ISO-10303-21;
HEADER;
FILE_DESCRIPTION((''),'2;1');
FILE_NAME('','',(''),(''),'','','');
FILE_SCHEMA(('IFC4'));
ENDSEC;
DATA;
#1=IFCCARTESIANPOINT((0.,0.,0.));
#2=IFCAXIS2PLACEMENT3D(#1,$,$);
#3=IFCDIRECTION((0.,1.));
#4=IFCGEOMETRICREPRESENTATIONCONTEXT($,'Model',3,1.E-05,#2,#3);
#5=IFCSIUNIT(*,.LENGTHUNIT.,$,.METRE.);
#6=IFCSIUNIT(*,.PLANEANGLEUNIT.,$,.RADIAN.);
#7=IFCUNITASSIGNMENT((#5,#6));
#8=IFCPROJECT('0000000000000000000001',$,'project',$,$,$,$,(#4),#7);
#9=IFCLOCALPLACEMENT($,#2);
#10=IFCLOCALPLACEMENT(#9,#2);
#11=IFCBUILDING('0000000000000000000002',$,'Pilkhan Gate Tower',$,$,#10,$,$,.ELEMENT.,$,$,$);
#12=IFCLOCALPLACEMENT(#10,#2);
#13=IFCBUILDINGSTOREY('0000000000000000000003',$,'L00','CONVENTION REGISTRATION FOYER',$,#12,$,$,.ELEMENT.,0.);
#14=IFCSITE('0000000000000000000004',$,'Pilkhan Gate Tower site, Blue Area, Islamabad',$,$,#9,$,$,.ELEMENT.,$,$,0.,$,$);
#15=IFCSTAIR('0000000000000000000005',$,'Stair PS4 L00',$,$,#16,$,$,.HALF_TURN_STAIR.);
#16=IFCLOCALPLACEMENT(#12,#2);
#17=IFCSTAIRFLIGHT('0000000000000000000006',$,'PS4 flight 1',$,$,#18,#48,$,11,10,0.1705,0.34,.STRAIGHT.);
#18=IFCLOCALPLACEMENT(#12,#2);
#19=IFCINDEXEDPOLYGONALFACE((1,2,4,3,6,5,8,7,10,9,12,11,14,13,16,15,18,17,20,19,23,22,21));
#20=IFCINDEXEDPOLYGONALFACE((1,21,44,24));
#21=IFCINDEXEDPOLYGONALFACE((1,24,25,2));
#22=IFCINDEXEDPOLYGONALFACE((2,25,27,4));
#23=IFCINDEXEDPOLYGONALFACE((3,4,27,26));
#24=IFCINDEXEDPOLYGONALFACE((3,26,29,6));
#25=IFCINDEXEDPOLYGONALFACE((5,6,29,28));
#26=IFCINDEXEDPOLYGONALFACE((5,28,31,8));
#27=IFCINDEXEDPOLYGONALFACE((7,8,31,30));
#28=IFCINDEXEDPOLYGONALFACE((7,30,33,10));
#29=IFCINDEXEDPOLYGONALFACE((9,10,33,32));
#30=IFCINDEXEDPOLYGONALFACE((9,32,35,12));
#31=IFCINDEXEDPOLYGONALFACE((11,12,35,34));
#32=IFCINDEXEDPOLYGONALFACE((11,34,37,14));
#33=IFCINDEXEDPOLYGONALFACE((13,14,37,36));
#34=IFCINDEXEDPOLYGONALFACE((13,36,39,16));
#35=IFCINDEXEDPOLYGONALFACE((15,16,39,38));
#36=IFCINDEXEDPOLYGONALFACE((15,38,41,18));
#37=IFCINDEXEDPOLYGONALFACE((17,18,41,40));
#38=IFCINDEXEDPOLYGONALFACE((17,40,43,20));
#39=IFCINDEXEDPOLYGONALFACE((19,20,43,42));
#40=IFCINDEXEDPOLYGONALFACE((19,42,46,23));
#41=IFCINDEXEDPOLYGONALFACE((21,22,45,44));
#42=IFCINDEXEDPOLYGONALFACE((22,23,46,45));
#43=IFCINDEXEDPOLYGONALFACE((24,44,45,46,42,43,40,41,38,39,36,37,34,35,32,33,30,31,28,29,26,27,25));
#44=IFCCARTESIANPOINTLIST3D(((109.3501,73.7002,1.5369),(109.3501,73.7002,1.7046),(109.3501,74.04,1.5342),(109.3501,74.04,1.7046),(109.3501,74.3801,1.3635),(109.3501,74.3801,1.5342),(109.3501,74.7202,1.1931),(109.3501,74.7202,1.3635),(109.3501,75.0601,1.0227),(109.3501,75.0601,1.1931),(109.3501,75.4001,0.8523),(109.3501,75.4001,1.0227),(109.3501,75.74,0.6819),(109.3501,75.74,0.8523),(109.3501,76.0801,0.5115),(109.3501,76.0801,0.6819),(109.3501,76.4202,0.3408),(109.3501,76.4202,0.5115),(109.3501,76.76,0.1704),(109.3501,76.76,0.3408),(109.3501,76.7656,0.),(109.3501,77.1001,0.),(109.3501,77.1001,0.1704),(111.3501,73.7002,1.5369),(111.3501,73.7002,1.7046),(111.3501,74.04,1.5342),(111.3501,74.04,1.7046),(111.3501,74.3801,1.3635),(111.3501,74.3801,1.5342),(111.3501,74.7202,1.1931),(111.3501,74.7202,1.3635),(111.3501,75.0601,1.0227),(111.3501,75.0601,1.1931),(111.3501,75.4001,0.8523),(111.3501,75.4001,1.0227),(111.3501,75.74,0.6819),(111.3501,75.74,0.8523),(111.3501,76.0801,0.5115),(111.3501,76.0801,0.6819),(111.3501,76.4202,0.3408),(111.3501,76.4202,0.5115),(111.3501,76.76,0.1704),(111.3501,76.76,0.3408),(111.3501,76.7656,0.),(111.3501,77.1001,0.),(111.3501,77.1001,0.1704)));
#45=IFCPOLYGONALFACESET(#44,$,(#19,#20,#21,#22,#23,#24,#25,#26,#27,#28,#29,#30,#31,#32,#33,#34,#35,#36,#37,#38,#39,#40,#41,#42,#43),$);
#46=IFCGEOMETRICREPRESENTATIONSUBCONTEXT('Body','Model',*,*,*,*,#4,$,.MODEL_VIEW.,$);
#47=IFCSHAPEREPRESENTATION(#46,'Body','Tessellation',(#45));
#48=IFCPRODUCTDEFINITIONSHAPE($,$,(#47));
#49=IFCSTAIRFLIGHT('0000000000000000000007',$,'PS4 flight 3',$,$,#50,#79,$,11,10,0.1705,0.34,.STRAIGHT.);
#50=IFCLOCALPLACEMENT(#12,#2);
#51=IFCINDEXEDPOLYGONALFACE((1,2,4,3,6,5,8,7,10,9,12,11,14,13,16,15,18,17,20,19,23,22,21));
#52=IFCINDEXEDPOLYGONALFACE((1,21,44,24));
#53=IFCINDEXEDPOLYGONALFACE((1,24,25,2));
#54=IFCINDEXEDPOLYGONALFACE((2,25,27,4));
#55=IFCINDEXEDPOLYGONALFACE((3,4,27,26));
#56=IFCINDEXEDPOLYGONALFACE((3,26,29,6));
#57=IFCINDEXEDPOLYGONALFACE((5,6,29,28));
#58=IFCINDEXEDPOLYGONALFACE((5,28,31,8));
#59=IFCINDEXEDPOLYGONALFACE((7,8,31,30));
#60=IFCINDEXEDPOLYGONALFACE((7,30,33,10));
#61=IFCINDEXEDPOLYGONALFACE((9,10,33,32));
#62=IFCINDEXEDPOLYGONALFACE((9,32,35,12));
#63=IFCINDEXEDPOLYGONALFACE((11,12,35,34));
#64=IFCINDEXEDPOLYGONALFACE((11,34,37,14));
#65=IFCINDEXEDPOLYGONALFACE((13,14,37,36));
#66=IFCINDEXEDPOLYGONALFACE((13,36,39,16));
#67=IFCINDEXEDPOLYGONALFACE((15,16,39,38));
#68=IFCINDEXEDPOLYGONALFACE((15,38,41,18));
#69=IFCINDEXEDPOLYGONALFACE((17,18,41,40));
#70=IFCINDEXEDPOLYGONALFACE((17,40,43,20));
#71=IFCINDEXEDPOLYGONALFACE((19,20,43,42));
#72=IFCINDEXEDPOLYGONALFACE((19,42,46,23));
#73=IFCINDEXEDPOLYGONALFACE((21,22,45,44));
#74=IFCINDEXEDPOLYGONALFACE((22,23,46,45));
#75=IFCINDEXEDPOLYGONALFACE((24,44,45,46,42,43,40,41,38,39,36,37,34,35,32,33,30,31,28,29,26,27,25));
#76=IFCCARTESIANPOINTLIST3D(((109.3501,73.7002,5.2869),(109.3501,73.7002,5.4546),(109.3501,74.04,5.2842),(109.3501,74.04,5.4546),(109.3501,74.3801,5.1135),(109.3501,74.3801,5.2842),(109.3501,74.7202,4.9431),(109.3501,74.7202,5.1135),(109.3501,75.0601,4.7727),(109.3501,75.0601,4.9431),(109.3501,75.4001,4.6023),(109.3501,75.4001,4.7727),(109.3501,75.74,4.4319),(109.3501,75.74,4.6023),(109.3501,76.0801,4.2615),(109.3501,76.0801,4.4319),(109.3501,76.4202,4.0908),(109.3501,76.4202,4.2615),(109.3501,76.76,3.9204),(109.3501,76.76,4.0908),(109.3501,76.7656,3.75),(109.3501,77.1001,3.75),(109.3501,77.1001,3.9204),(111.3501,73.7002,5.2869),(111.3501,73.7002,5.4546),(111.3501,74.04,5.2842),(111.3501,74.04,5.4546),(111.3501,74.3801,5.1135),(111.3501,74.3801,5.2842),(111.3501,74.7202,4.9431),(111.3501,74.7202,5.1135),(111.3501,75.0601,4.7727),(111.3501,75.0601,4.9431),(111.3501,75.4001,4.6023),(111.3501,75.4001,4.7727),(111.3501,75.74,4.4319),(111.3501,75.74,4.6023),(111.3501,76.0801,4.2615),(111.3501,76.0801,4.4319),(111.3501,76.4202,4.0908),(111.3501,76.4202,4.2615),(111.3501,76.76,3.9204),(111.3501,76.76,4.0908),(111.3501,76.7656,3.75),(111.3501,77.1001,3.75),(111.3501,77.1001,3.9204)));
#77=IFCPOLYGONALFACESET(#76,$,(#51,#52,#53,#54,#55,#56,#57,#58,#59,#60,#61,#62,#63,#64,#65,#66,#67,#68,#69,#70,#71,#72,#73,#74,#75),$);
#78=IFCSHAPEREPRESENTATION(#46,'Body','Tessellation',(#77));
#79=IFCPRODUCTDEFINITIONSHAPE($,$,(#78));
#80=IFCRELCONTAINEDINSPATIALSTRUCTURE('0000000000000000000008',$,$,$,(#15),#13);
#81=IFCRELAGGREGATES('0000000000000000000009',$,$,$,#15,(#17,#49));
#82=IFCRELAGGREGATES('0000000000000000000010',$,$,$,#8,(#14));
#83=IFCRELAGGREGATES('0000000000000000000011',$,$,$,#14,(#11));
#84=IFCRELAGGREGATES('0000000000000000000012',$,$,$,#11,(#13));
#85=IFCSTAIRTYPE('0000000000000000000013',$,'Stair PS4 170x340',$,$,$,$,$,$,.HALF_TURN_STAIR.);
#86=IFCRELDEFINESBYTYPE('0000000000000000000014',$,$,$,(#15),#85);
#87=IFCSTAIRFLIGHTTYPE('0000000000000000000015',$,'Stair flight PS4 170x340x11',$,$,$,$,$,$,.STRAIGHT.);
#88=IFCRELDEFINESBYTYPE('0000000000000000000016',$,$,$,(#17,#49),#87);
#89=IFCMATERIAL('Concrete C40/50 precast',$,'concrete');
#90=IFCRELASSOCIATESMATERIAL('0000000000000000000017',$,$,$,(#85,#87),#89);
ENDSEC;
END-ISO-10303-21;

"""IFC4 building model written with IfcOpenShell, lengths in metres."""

from ifc_helpers import new_model, si_unit, direction, frame, origin, place, context, subcontext, project, spatial, polyline, outline, extrude, material, type_object, element, aggregate, save


model = new_model("IFC4")

# Units and contexts
model_context = context("Model", 3, precision=1e-05, world=origin(), true_north=direction((0.0, 1.0)))
body_context = subcontext(model_context, "Body", "Model", "MODEL_VIEW")
ifc_project = project(units=[si_unit("LENGTHUNIT", "METRE"), si_unit("PLANEANGLEUNIT", "RADIAN")], contexts=[model_context])

# Site, building, storey
site_placement = place(None, origin())
site = spatial("IfcSite", under=ifc_project, at=site_placement, Name="Pilkhan Gate Tower site, Blue Area, Islamabad", CompositionType="ELEMENT", RefElevation=0.0)
building_placement = place(site_placement, origin())
building = spatial("IfcBuilding", under=site, at=building_placement, Name="Pilkhan Gate Tower", CompositionType="ELEMENT")
storey_placement = place(building_placement, origin())
storey = spatial("IfcBuildingStorey", under=building, at=storey_placement, Name="L00", Description="CONVENTION REGISTRATION FOYER", CompositionType="ELEMENT", Elevation=0.0)

# Stair, stair flights
ifc_material_1 = material(Name="Concrete C40/50 precast", Category="concrete")
stair_type = type_object("IfcStairType", Name="Stair PS4 170x340", PredefinedType="HALF_TURN_STAIR", material=ifc_material_1)
stair_placement = place(storey_placement, origin())
stair = element("IfcStair", 1, at=stair_placement, inside=storey, type_object=stair_type, Name="Stair PS4 L00", PredefinedType="HALF_TURN_STAIR")
stair_flight_type = type_object("IfcStairFlightType", Name="Stair flight PS4 170x340x11", PredefinedType="STRAIGHT", material=ifc_material_1)
stair_flight_1_placement = place(storey_placement, frame((110.3501, 77.1001, 0.0), z_axis=(0.0, 0.0, 1.0), x_axis=(0.0, -1.0, 0.0)))
stair_flight_1 = element("IfcStairFlight", 2, at=stair_flight_1_placement, type_object=stair_flight_type, Name="PS4 flight 1", NumberOfRisers=11, NumberOfTreads=10, PredefinedType="STRAIGHT", RiserHeight=0.1705, TreadLength=0.34, context=body_context, shape_type="SweptSolid", body=[
    extrude(outline(polyline([(0.0, 0.0), (0.0, 0.1704), (0.3401, 0.1704), (0.3401, 0.3408), (0.6799, 0.3408), (0.6799, 0.5115), (1.02, 0.5115), (1.02, 0.6819), (1.3601, 0.6819), (1.3601, 0.8523), (1.7, 0.8523), (1.7, 1.0227), (2.04, 1.0227), (2.04, 1.1931), (2.3799, 1.1931), (2.3799, 1.3635), (2.72, 1.3635), (2.72, 1.5342), (3.0601, 1.5342), (3.0601, 1.7046), (3.3999, 1.7046), (3.3999, 1.875), (3.3999, 1.5369), (0.3345, 0.0), (0.0, 0.0)])), frame((0.0, 1.0, 0.0), z_axis=(0.0, -1.0, 0.0), x_axis=(1.0, 0.0, 0.0)), (0.0, 0.0, 1.0), 2.0),
])
stair_flight_2_placement = place(storey_placement, frame((110.3501, 77.1001, 3.75), z_axis=(0.0, 0.0, 1.0), x_axis=(0.0, -1.0, 0.0)))
stair_flight_2 = element("IfcStairFlight", 3, at=stair_flight_2_placement, type_object=stair_flight_type, Name="PS4 flight 3", NumberOfRisers=11, NumberOfTreads=10, PredefinedType="STRAIGHT", RiserHeight=0.1705, TreadLength=0.34, context=body_context, shape_type="SweptSolid", body=[
    extrude(outline(polyline([(0.0, 0.0), (0.0, 0.1704), (0.3401, 0.1704), (0.3401, 0.3408), (0.6799, 0.3408), (0.6799, 0.5115), (1.02, 0.5115), (1.02, 0.6819), (1.3601, 0.6819), (1.3601, 0.8523), (1.7, 0.8523), (1.7, 1.0227), (2.04, 1.0227), (2.04, 1.1931), (2.3799, 1.1931), (2.3799, 1.3635), (2.72, 1.3635), (2.72, 1.5342), (3.0601, 1.5342), (3.0601, 1.7046), (3.3999, 1.7046), (3.3999, 1.875), (3.3999, 1.5369), (0.3345, 0.0), (0.0, 0.0)])), frame((0.0, 1.0, 0.0), z_axis=(0.0, -1.0, 0.0), x_axis=(1.0, 0.0, 0.0)), (0.0, 0.0, 1.0), 2.0),
])
aggregate(stair, [stair_flight_1, stair_flight_2])

save(model, "model.ifc")
